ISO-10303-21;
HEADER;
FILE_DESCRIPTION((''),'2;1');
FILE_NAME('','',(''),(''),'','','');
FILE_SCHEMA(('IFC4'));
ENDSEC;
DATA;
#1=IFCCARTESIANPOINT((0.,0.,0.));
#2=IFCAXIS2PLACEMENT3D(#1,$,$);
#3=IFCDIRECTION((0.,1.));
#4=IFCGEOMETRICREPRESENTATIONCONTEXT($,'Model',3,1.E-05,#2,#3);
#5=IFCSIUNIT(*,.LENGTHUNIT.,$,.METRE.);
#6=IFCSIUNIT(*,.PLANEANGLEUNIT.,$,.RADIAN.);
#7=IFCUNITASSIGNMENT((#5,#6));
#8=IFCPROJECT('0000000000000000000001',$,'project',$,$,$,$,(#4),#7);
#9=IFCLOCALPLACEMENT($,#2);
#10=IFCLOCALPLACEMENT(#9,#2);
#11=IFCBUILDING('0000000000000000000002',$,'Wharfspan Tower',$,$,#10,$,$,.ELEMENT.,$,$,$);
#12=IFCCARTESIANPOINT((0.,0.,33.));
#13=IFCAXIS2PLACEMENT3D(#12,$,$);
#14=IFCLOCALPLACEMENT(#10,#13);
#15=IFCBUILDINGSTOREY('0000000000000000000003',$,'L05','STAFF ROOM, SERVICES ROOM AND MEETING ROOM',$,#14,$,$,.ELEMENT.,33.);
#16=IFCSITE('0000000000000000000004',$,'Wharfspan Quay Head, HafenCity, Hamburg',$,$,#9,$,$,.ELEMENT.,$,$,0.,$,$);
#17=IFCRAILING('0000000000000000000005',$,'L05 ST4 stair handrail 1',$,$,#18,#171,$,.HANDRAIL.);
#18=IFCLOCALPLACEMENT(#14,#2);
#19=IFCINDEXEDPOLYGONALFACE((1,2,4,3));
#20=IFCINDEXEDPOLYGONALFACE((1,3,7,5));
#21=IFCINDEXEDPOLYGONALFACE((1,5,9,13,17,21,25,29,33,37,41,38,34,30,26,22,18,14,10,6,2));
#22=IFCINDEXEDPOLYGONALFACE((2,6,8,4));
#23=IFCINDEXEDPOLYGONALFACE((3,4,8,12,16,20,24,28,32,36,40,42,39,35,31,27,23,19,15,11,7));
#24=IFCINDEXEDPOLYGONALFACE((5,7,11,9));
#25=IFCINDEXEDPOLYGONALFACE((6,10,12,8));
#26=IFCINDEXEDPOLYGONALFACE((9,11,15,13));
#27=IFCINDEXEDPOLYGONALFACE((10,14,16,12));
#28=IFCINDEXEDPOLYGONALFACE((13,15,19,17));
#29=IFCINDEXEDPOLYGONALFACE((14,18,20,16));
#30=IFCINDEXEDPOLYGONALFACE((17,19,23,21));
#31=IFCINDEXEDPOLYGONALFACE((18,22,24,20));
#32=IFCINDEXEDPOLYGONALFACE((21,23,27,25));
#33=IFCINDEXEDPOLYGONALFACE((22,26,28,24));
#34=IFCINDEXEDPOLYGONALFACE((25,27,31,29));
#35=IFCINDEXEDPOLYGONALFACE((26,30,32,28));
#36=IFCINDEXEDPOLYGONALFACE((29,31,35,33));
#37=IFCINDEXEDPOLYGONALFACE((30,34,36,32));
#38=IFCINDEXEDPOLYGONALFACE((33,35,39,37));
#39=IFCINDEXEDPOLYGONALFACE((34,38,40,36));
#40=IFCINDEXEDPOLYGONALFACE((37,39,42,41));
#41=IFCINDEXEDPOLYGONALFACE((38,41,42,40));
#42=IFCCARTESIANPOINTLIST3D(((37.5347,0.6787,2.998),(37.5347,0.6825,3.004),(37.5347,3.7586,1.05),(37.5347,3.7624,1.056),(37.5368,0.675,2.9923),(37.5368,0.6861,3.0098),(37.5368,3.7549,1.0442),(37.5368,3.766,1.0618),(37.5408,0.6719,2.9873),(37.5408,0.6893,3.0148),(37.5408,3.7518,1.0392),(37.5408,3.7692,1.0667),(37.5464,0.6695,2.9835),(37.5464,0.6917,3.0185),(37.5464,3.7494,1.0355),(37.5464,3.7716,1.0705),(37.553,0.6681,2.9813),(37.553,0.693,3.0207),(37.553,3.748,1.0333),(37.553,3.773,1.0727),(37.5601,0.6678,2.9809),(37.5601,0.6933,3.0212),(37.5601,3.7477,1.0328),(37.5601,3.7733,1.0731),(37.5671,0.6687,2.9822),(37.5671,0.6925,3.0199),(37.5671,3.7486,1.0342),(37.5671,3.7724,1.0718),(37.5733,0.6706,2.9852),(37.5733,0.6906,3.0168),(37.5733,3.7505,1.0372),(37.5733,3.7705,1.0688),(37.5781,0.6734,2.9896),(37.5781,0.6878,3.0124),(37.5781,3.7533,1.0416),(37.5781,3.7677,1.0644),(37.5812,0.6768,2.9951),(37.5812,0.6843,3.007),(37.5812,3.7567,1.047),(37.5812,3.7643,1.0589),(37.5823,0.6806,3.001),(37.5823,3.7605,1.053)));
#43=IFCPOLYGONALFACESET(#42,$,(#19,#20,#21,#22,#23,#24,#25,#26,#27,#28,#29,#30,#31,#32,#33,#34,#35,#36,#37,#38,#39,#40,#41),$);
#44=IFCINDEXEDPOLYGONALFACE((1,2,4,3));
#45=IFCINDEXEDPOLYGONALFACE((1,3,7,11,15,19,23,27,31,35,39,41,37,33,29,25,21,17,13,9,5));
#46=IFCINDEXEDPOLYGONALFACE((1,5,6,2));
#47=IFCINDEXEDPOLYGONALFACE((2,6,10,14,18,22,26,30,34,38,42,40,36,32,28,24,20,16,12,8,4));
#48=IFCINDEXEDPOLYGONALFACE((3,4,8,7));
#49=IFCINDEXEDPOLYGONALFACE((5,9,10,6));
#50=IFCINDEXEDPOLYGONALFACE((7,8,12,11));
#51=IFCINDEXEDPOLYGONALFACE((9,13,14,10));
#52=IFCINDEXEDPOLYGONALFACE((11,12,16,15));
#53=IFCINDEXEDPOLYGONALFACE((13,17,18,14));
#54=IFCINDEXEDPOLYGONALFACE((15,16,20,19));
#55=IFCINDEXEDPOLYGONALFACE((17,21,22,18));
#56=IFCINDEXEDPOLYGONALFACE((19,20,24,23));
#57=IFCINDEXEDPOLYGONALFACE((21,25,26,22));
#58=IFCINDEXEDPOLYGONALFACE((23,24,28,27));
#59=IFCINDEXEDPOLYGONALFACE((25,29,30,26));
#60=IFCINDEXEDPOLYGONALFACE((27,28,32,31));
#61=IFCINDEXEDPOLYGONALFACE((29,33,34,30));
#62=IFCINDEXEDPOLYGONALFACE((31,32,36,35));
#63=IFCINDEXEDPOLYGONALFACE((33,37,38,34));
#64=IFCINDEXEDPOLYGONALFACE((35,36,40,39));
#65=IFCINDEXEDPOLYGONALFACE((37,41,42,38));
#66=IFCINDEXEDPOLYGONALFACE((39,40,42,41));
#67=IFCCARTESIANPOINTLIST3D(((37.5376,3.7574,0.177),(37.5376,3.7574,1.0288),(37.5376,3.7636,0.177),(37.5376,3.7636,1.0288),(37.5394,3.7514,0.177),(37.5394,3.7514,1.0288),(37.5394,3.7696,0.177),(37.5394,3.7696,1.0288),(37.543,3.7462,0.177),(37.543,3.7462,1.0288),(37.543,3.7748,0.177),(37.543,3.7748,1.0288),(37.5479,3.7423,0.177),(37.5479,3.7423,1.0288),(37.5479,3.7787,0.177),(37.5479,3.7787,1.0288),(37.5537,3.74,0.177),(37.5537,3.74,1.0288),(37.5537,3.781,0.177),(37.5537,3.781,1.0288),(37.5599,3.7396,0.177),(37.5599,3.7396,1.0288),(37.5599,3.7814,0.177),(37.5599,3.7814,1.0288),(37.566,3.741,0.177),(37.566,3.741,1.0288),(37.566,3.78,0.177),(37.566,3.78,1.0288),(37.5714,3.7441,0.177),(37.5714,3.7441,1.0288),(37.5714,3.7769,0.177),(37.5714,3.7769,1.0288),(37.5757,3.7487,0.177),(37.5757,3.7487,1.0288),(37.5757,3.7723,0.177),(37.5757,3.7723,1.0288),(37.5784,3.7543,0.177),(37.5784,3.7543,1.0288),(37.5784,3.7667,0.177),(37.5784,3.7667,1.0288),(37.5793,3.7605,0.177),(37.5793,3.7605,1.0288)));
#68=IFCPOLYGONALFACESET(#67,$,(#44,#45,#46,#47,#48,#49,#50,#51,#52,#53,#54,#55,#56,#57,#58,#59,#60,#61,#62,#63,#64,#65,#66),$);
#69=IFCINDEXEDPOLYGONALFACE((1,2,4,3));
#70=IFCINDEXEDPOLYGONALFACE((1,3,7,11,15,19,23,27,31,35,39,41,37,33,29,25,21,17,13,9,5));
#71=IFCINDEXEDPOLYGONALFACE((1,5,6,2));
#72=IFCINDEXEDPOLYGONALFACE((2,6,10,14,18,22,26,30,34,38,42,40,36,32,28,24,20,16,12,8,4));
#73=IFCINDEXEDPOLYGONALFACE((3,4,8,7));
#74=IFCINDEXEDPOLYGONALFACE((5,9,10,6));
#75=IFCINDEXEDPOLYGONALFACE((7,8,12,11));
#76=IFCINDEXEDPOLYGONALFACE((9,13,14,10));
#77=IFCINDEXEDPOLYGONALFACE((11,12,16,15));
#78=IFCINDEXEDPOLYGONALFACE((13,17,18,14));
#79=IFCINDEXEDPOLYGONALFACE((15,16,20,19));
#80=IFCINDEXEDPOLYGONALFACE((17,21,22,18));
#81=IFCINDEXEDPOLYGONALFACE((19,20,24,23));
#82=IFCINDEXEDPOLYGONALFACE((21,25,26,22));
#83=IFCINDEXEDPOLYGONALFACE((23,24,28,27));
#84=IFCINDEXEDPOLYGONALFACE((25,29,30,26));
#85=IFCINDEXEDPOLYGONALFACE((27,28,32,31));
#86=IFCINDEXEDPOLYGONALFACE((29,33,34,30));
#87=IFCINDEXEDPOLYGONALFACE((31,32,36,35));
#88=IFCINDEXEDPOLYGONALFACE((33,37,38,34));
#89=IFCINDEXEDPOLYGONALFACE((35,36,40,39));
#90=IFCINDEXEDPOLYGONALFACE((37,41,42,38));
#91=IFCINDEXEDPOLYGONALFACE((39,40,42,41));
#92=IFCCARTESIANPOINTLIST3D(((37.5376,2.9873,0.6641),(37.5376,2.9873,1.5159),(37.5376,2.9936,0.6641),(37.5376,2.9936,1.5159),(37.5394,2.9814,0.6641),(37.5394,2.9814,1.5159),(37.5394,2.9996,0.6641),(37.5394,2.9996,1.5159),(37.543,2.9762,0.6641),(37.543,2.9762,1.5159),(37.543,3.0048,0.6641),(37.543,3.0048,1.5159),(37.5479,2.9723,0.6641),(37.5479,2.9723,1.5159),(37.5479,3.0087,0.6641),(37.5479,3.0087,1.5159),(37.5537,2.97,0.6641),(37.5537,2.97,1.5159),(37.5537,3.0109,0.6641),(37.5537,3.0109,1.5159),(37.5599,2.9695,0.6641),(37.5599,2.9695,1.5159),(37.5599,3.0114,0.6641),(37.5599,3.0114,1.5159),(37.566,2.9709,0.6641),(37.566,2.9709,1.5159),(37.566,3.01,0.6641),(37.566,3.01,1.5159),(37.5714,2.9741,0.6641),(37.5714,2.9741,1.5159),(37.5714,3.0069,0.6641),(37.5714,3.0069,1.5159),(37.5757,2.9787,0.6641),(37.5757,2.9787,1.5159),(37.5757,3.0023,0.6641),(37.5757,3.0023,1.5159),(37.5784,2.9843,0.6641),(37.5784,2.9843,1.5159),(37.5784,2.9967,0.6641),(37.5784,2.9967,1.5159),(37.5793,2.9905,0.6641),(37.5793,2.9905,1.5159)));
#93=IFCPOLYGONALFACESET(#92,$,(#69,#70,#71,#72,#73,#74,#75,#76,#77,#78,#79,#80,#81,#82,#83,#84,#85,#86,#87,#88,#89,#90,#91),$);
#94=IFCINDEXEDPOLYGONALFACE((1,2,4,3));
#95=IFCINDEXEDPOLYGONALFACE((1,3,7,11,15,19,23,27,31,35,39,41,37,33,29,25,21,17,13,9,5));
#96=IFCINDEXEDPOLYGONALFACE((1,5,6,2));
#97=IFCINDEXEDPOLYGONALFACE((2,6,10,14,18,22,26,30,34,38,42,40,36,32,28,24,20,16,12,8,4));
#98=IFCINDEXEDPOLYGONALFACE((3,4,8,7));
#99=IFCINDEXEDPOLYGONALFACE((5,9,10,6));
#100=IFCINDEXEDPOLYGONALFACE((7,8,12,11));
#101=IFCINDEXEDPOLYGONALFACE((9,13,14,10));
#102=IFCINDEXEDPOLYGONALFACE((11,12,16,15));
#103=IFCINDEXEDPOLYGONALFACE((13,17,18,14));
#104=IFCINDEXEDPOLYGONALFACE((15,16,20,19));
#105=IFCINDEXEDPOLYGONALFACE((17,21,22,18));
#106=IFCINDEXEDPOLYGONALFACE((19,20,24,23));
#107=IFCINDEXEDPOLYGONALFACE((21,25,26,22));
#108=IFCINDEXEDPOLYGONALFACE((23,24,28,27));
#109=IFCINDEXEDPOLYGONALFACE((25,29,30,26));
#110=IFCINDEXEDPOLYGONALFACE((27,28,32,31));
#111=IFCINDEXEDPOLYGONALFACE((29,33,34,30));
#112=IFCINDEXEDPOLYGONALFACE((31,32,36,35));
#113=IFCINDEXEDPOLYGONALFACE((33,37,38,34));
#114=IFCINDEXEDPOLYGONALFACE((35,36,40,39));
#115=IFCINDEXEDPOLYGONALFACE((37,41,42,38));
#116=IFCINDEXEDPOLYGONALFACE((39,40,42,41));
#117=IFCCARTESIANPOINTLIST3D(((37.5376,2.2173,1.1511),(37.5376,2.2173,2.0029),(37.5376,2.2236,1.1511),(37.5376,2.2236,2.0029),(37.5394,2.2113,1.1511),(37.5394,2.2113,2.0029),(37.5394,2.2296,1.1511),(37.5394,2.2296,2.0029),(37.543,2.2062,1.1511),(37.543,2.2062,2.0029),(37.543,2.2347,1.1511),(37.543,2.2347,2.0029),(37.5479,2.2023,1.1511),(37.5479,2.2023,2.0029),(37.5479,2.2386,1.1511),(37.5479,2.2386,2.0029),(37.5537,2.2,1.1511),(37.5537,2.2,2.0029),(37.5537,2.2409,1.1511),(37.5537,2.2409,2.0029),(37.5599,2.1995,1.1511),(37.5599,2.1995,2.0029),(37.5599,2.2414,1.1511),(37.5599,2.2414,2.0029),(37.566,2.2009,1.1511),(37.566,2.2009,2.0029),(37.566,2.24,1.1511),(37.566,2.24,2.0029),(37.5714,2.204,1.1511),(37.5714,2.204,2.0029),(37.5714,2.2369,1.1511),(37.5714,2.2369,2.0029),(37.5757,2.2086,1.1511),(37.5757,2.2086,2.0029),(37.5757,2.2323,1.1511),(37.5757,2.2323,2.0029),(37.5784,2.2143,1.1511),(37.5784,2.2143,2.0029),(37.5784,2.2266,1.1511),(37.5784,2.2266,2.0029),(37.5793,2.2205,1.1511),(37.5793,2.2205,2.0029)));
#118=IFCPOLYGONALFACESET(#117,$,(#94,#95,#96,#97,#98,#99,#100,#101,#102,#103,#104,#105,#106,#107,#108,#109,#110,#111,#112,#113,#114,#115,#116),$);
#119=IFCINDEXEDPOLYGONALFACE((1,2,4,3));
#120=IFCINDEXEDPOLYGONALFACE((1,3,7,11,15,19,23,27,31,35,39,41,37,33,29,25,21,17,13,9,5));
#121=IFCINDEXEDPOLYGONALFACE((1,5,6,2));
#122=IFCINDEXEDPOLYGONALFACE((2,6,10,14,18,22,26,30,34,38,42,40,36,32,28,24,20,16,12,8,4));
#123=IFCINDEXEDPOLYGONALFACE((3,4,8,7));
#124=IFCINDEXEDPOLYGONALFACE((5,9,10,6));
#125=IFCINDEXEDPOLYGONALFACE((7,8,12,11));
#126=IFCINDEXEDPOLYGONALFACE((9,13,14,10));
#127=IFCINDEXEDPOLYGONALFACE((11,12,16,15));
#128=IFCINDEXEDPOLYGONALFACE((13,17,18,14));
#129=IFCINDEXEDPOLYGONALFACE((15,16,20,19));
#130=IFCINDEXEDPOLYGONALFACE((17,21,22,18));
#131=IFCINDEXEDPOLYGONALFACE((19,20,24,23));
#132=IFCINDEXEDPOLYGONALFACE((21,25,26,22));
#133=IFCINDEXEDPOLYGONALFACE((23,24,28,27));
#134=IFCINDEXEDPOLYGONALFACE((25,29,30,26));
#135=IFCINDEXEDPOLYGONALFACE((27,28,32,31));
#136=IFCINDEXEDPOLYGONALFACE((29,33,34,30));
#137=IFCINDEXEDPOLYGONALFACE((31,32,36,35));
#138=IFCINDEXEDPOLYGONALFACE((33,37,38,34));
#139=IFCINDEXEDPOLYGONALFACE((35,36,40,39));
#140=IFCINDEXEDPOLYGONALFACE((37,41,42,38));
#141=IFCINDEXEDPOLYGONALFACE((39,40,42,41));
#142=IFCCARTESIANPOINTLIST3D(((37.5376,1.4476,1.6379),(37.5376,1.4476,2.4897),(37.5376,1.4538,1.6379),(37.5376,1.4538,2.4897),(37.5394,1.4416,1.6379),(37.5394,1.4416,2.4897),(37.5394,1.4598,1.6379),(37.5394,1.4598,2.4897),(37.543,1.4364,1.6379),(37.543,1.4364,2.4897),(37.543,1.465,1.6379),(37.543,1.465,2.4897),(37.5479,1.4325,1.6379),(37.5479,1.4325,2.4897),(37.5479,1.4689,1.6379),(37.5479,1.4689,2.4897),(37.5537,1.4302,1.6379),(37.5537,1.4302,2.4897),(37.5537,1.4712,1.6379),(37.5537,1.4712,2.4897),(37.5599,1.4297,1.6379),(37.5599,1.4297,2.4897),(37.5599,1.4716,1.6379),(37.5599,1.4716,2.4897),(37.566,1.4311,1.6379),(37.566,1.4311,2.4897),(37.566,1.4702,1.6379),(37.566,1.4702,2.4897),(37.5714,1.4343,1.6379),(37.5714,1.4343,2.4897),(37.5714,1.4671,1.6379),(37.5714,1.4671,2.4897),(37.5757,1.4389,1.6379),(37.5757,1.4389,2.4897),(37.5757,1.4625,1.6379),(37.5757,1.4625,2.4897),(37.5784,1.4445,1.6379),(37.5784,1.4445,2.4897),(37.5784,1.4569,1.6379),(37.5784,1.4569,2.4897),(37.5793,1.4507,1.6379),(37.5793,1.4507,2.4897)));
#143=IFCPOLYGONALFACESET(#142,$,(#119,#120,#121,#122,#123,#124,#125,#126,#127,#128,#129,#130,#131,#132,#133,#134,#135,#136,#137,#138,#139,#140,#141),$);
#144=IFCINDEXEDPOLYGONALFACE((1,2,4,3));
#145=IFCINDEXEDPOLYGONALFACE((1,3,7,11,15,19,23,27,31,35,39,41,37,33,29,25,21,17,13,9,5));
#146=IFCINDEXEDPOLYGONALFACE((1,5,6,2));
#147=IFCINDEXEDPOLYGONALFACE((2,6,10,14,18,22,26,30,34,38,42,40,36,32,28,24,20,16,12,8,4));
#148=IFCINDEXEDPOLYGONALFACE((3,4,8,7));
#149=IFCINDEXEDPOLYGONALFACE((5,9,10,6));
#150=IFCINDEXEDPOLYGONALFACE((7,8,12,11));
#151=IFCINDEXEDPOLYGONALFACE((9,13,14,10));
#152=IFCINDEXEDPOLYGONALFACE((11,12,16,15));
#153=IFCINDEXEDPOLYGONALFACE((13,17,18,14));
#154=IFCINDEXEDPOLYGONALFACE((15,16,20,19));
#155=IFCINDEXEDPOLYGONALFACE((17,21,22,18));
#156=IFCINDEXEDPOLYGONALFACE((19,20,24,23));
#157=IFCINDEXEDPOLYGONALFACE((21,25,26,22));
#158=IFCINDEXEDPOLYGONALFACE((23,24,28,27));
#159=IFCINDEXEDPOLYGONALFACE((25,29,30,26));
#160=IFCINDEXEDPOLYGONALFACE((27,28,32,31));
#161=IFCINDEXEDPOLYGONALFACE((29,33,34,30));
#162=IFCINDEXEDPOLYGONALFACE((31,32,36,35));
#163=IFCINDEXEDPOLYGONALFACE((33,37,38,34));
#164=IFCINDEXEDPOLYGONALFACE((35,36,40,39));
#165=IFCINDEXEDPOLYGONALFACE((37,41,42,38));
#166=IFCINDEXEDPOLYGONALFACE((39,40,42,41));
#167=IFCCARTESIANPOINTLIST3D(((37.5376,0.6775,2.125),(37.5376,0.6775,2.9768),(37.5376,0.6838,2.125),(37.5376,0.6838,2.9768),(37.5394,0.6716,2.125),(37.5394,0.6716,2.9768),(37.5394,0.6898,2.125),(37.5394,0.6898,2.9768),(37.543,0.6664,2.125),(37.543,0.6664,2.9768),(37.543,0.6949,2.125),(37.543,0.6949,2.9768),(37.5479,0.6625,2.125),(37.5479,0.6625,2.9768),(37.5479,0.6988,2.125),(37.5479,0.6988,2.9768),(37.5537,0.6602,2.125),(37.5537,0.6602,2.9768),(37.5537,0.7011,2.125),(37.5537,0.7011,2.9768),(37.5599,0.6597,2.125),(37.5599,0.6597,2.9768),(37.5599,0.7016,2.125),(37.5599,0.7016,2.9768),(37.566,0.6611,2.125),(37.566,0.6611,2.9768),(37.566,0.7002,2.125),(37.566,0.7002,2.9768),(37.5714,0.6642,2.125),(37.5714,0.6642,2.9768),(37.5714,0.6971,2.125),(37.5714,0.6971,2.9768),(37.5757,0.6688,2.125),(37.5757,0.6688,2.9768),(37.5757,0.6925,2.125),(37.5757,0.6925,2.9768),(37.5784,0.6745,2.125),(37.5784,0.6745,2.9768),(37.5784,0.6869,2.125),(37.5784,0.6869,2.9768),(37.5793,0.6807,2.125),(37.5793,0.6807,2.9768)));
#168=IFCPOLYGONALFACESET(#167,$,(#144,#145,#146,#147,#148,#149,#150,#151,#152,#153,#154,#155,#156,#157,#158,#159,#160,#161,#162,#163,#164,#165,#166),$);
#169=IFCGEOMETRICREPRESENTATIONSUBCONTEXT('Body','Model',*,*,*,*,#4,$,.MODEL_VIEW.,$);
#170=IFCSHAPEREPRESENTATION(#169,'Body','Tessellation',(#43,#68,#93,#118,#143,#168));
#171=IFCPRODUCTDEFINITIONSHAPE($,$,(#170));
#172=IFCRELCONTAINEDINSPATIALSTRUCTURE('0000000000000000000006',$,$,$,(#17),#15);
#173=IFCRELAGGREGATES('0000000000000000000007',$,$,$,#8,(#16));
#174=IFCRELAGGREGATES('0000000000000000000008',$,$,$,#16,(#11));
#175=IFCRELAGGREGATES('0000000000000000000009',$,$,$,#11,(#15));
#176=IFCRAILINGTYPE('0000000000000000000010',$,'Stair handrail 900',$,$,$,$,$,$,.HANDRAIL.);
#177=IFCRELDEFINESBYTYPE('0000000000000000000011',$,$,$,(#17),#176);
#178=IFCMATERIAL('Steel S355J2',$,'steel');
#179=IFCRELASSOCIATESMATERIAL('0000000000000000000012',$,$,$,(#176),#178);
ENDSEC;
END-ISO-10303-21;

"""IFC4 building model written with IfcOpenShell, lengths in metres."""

from ifc_helpers import new_model, si_unit, direction, frame, origin, origin_2d, place, context, subcontext, project, spatial, circle, extrude, material, type_object, element, save


model = new_model("IFC4")

# Units and contexts
model_context = context("Model", 3, precision=1e-05, world=origin(), true_north=direction((0.0, 1.0)))
body_context = subcontext(model_context, "Body", "Model", "MODEL_VIEW")
ifc_project = project(units=[si_unit("LENGTHUNIT", "METRE"), si_unit("PLANEANGLEUNIT", "RADIAN")], contexts=[model_context])

# Site, building, storey
site_placement = place(None, origin())
site = spatial("IfcSite", under=ifc_project, at=site_placement, Name="Wharfspan Quay Head, HafenCity, Hamburg", CompositionType="ELEMENT", RefElevation=0.0)
building_placement = place(site_placement, origin())
building = spatial("IfcBuilding", under=site, at=building_placement, Name="Wharfspan Tower", CompositionType="ELEMENT")
storey_placement = place(building_placement, frame((0.0, 0.0, 33.0)))
storey = spatial("IfcBuildingStorey", under=building, at=storey_placement, Name="L05", Description="STAFF ROOM, SERVICES ROOM AND MEETING ROOM", CompositionType="ELEMENT", Elevation=33.0)

# Railing
ifc_material_1 = material(Name="Steel S355J2", Category="steel")
railing_type_1 = type_object("IfcRailingType", Name="Stair handrail 900", PredefinedType="HANDRAIL", material=ifc_material_1)
railing_1_placement = place(storey_placement, frame((37.5583, 3.7605, 0.177)))
element("IfcRailing", 1, at=railing_1_placement, inside=storey, type_object=railing_type_1, Name="L05 ST4 stair handrail 1", PredefinedType="HANDRAIL", context=body_context, shape_type="SweptSolid", body=[
    extrude(circle(Radius=0.0239, at=origin_2d()), frame((0.0, 0.0, 0.876), z_axis=(0.0, -0.845137, 0.53455), x_axis=(1.0, 0.0, 0.0)), (0.0, 0.0, 1.0), 3.6443),
    extrude(circle(Radius=0.021, at=origin_2d()), origin(), (0.0, 0.0, 1.0), 0.8518),
    extrude(circle(Radius=0.021, at=origin_2d()), frame((0.0, -0.77, 0.4871)), (0.0, 0.0, 1.0), 0.8518),
    extrude(circle(Radius=0.021, at=origin_2d()), frame((0.0, -1.54, 0.9741)), (0.0, 0.0, 1.0), 0.8518),
    extrude(circle(Radius=0.021, at=origin_2d()), frame((0.0, -2.3098, 1.4609)), (0.0, 0.0, 1.0), 0.8518),
    extrude(circle(Radius=0.021, at=origin_2d()), frame((0.0, -3.0798, 1.948)), (0.0, 0.0, 1.0), 0.8518),
])

save(model, "model.ifc")
